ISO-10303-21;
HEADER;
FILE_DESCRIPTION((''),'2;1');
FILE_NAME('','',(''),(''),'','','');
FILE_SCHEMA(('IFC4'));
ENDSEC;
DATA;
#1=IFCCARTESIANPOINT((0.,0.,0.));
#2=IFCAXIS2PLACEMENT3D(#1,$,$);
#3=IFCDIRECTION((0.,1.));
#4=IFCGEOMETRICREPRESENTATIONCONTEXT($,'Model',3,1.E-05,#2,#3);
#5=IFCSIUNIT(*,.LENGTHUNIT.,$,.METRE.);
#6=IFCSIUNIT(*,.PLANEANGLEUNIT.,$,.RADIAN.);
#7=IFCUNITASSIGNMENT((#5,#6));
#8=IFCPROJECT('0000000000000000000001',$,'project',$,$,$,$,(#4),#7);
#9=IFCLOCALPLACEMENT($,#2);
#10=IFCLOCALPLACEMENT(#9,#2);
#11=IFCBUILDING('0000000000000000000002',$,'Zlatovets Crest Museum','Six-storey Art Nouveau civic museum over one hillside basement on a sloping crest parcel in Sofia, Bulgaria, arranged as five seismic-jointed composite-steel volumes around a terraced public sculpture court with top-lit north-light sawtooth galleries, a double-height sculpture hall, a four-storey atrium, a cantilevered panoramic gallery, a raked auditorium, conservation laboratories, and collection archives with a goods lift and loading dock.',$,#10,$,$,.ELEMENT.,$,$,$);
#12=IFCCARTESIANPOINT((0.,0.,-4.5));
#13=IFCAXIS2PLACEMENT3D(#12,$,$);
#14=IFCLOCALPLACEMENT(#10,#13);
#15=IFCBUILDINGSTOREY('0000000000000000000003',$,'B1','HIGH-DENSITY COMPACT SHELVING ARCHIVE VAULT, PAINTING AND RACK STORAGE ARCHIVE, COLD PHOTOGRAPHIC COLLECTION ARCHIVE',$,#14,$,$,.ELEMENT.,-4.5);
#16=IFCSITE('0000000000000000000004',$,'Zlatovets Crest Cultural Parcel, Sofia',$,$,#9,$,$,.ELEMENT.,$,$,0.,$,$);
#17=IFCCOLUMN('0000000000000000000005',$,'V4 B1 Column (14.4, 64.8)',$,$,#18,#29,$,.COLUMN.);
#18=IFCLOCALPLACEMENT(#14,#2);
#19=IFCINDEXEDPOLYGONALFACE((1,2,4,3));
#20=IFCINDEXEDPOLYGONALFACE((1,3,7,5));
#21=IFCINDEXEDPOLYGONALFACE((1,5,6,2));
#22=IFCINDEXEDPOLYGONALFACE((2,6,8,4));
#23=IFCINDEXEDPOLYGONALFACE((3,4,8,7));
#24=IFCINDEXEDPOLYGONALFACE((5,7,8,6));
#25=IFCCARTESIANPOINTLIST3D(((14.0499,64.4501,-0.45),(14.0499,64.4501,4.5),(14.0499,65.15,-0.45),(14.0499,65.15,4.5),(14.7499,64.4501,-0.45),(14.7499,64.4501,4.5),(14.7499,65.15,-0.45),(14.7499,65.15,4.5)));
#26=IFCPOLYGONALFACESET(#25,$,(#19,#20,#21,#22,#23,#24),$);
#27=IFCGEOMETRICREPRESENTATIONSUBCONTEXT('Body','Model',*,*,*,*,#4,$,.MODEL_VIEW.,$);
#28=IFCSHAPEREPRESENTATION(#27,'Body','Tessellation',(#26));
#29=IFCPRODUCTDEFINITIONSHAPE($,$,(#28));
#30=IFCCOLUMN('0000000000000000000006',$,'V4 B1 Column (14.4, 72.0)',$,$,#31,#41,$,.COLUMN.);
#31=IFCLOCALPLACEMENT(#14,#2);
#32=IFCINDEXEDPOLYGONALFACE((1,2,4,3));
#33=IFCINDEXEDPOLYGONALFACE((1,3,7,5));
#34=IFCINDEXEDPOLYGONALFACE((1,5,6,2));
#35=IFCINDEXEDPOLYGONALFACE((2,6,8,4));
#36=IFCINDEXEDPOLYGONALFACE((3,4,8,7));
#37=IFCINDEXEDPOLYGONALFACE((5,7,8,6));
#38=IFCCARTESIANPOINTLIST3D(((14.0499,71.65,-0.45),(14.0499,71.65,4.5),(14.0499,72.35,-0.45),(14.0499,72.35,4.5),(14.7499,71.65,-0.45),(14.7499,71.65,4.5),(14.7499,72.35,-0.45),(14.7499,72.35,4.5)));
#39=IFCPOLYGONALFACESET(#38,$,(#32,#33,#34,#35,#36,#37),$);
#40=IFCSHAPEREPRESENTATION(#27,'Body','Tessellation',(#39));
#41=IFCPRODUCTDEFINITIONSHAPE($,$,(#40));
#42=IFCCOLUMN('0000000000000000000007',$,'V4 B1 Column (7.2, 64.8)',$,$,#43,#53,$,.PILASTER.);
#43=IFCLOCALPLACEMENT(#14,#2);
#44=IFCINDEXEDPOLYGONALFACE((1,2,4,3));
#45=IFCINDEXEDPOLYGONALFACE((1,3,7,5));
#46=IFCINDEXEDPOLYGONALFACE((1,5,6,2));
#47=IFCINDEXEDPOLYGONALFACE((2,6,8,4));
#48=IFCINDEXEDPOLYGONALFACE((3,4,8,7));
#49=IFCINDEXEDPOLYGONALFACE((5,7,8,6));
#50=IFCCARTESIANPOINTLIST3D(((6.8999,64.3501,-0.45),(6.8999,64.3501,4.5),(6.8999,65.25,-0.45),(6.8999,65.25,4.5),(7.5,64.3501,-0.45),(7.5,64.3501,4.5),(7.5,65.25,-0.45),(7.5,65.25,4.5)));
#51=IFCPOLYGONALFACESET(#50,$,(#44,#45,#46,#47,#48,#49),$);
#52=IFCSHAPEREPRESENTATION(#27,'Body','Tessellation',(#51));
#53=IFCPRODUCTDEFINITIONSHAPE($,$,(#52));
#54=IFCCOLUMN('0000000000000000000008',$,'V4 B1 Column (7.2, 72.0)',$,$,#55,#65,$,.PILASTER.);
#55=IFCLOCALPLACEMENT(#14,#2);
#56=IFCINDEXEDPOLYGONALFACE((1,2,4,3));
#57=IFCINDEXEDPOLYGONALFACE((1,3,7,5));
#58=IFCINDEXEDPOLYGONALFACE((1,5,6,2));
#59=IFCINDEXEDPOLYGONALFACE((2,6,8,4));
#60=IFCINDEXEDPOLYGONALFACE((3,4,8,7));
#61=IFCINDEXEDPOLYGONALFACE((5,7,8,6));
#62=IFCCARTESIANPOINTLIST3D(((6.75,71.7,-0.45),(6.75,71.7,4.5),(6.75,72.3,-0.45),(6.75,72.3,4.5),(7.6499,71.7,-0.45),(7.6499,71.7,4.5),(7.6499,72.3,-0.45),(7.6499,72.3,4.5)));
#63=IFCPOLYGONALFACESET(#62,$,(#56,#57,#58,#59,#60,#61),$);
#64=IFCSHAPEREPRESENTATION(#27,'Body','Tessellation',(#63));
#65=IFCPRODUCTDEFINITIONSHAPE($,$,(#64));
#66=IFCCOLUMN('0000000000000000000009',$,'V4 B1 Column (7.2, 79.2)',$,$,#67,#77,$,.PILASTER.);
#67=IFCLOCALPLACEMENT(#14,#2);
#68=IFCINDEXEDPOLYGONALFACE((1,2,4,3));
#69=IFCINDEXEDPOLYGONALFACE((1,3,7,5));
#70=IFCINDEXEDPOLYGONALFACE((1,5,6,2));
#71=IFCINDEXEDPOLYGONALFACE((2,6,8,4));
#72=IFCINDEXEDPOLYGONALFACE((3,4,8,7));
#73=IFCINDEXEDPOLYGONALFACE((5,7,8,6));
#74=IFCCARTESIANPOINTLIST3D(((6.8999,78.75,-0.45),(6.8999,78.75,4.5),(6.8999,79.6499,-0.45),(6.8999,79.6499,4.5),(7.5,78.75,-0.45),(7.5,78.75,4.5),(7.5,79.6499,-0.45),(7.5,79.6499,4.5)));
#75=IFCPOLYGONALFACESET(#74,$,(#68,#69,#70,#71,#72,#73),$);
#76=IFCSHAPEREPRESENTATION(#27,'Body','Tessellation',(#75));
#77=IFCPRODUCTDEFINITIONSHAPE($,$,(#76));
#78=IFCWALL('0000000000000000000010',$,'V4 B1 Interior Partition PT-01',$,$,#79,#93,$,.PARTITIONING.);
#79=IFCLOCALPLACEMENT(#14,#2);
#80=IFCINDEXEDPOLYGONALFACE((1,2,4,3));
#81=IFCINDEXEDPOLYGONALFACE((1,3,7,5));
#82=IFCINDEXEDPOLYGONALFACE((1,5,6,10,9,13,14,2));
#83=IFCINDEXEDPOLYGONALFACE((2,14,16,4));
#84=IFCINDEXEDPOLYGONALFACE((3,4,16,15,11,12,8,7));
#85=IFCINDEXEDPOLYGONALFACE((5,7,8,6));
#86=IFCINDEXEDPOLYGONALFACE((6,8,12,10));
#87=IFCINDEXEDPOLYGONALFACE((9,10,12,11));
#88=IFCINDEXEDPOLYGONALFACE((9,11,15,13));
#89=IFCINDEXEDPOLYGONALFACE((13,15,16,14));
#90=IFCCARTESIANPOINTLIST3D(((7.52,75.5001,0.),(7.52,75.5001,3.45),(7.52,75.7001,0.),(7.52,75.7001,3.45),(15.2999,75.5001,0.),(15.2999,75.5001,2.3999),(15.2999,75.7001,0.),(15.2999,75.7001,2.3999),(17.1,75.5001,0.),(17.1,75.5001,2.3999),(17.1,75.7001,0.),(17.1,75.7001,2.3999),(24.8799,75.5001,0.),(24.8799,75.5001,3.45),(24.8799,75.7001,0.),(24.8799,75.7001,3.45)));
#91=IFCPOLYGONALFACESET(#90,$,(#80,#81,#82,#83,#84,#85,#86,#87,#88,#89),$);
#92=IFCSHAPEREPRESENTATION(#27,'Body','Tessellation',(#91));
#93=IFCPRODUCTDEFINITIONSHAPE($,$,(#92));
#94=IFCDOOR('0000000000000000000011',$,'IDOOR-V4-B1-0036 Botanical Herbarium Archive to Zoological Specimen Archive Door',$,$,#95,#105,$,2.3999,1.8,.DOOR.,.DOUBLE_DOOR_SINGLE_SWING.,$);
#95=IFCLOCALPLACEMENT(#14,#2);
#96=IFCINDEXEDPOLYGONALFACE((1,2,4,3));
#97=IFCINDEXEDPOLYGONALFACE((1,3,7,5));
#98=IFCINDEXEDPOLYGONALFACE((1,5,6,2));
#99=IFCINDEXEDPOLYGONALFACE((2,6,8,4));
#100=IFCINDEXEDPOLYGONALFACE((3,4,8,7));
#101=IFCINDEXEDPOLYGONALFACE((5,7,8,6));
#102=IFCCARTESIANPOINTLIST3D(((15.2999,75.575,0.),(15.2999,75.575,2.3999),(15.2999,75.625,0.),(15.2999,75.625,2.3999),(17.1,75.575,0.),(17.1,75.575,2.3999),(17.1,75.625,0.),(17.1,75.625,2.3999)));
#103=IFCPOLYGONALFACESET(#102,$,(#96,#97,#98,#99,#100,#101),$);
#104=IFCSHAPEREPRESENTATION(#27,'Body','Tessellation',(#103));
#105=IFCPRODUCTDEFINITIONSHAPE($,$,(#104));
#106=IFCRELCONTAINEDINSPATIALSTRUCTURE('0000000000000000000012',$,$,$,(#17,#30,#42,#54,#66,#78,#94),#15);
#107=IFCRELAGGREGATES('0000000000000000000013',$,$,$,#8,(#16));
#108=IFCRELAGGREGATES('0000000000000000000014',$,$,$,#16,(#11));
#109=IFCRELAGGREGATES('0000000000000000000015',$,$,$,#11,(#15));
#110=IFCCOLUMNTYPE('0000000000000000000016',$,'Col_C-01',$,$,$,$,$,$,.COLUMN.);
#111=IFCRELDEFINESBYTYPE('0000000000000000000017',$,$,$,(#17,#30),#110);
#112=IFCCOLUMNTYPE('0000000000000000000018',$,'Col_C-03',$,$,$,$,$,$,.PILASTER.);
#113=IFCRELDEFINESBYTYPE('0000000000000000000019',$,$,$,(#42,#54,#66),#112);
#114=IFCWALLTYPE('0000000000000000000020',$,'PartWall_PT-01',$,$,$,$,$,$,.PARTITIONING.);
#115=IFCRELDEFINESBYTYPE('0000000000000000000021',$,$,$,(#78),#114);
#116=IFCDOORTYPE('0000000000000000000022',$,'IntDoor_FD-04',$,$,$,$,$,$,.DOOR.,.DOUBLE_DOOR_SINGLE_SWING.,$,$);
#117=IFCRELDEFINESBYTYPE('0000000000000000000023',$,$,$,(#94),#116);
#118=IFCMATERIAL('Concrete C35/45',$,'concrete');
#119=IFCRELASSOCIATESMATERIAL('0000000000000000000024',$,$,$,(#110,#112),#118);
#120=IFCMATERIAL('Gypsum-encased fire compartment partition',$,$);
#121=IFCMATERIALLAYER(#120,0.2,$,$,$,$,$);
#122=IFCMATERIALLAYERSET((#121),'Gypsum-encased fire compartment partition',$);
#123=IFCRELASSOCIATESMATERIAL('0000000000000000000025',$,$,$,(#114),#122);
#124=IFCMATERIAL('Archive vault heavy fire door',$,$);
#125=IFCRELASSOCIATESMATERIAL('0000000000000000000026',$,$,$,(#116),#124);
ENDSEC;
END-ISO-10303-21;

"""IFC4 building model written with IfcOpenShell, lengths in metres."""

from ifc_helpers import new_model, si_unit, direction, frame, frame_2d, origin, origin_2d, place, context, subcontext, project, spatial, rectangle, extrude, material, layer, layer_set, material_profile, profile_set, type_object, element, fill, save


model = new_model("IFC4")

# Units and contexts
model_context = context("Model", 3, precision=1e-05, world=origin(), true_north=direction((0.0, 1.0)))
body_context = subcontext(model_context, "Body", "Model", "MODEL_VIEW")
ifc_project = project(units=[si_unit("LENGTHUNIT", "METRE"), si_unit("PLANEANGLEUNIT", "RADIAN")], contexts=[model_context])

# Site, building, storey
site_placement = place(None, origin())
site = spatial("IfcSite", under=ifc_project, at=site_placement, Name="Zlatovets Crest Cultural Parcel, Sofia", CompositionType="ELEMENT", RefElevation=0.0)
building_placement = place(site_placement, origin())
building = spatial("IfcBuilding", under=site, at=building_placement, Name="Zlatovets Crest Museum", Description="Six-storey Art Nouveau civic museum over one hillside basement on a sloping crest parcel in Sofia, Bulgaria, arranged as five seismic-jointed composite-steel volumes around a terraced public sculpture court with top-lit north-light sawtooth galleries, a double-height sculpture hall, a four-storey atrium, a cantilevered panoramic gallery, a raked auditorium, conservation laboratories, and collection archives with a goods lift and loading dock.", CompositionType="ELEMENT")
storey_placement = place(building_placement, frame((0.0, 0.0, -4.5)))
storey = spatial("IfcBuildingStorey", under=building, at=storey_placement, Name="B1", Description="HIGH-DENSITY COMPACT SHELVING ARCHIVE VAULT, PAINTING AND RACK STORAGE ARCHIVE, COLD PHOTOGRAPHIC COLLECTION ARCHIVE", CompositionType="ELEMENT", Elevation=-4.5)

# Shared definitions
ifc_material_1 = material(Name="Concrete C35/45", Category="concrete")

# Columns
ifc_material_profile_1 = material_profile(ifc_material_1, rectangle(XDim=0.7, YDim=0.7, at=origin_2d()), Name="RC 700x700")
ifc_profile_set_1 = profile_set([ifc_material_profile_1], Name="Concrete C35/45")
column_type_1 = type_object("IfcColumnType", Name="Col_C-01", PredefinedType="COLUMN", material=ifc_profile_set_1)
for number, where, z_axis, x_axis, name in (
    (1, (14.3999, 64.8, -0.45), (0.0, 0.0, 1.0), (0.0, 1.0, 0.0), "V4 B1 Column (14.4, 64.8)"),
    (2, (14.3999, 72.0, -0.45), (0.0, 0.0, 1.0), (1.0, 0.0, 0.0), "V4 B1 Column (14.4, 72.0)"),
):
    element("IfcColumn", number, at=place(storey_placement, frame(where, z_axis=z_axis, x_axis=x_axis)), inside=storey, type_object=column_type_1, Name=name, PredefinedType="COLUMN", context=body_context, shape_type="SweptSolid", body=[
        extrude(rectangle(XDim=0.7, YDim=0.7, at=origin_2d()), origin(), (0.0, 0.0, 1.0), 4.95),
    ])
ifc_material_profile_2 = material_profile(ifc_material_1, rectangle(XDim=0.6001, YDim=0.8999, at=origin_2d()), Name="RC 600x900")
ifc_profile_set_2 = profile_set([ifc_material_profile_2], Name="Concrete C35/45")
column_type_2 = type_object("IfcColumnType", Name="Col_C-03", PredefinedType="PILASTER", material=ifc_profile_set_2)
for number, where, z_axis, x_axis, name in (
    (3, (7.2, 64.8, -0.45), (0.0, 0.0, 1.0), (1.0, 0.0, 0.0), "V4 B1 Column (7.2, 64.8)"),
    (4, (7.2, 72.0, -0.45), (0.0, 0.0, 1.0), (0.0, 1.0, 0.0), "V4 B1 Column (7.2, 72.0)"),
    (5, (7.2, 79.2, -0.45), (0.0, 0.0, 1.0), (1.0, 0.0, 0.0), "V4 B1 Column (7.2, 79.2)"),
):
    element("IfcColumn", number, at=place(storey_placement, frame(where, z_axis=z_axis, x_axis=x_axis)), inside=storey, type_object=column_type_2, Name=name, PredefinedType="PILASTER", context=body_context, shape_type="SweptSolid", body=[
        extrude(rectangle(XDim=0.6001, YDim=0.8999, at=origin_2d()), origin(), (0.0, 0.0, 1.0), 4.95),
    ])

# Wall, opening, door
ifc_material_2 = material(Name="Gypsum-encased fire compartment partition")
ifc_layer = layer(ifc_material_2, 0.2)
ifc_layer_set = layer_set([ifc_layer], Name="Gypsum-encased fire compartment partition")
wall_type = type_object("IfcWallType", Name="PartWall_PT-01", PredefinedType="PARTITIONING", material=ifc_layer_set)
wall_placement = place(storey_placement, frame((7.52, 75.6001, 0.0), z_axis=(0.0, 0.0, 1.0), x_axis=(1.0, 0.0, 0.0)))
wall = element("IfcWall", 6, at=wall_placement, inside=storey, type_object=wall_type, Name="V4 B1 Interior Partition PT-01", PredefinedType="PARTITIONING", context=body_context, shape_type="SweptSolid", body=[
    extrude(rectangle(XDim=17.3599, YDim=0.2, at=frame_2d((8.6799, 0.0))), origin(), (0.0, 0.0, 1.0), 3.45),
])
opening_placement = place(wall_placement, frame((7.78, 0.0, 0.0)))
opening = element("IfcOpeningElement", 7, at=opening_placement, cuts=wall, PredefinedType="OPENING", context=body_context, shape_type="SweptSolid", body=[
    extrude(rectangle(XDim=1.8, YDim=2.3999, at=frame_2d((0.8999, 1.2))), frame((0.0, 0.1099, 0.0), z_axis=(0.0, -1.0, 0.0), x_axis=(1.0, 0.0, 0.0)), (0.0, 0.0, 1.0), 0.22),
])
ifc_material_3 = material(Name="Archive vault heavy fire door")
door_type = type_object("IfcDoorType", Name="IntDoor_FD-04", OperationType="DOUBLE_DOOR_SINGLE_SWING", PredefinedType="DOOR", material=ifc_material_3)
door_placement = place(opening_placement, origin())
door = element("IfcDoor", 8, at=door_placement, inside=storey, type_object=door_type, Name="IDOOR-V4-B1-0036 Botanical Herbarium Archive to Zoological Specimen Archive Door", OperationType="DOUBLE_DOOR_SINGLE_SWING", OverallHeight=2.3999, OverallWidth=1.8, PredefinedType="DOOR", context=body_context, shape_type="SweptSolid", body=[
    extrude(rectangle(XDim=1.8, YDim=2.3999, at=frame_2d((0.8999, 1.2))), frame((0.0, 0.0249, 0.0), z_axis=(0.0, -1.0, 0.0), x_axis=(1.0, 0.0, 0.0)), (0.0, 0.0, 1.0), 0.05),
])
fill(opening, door)

save(model, "model.ifc")
